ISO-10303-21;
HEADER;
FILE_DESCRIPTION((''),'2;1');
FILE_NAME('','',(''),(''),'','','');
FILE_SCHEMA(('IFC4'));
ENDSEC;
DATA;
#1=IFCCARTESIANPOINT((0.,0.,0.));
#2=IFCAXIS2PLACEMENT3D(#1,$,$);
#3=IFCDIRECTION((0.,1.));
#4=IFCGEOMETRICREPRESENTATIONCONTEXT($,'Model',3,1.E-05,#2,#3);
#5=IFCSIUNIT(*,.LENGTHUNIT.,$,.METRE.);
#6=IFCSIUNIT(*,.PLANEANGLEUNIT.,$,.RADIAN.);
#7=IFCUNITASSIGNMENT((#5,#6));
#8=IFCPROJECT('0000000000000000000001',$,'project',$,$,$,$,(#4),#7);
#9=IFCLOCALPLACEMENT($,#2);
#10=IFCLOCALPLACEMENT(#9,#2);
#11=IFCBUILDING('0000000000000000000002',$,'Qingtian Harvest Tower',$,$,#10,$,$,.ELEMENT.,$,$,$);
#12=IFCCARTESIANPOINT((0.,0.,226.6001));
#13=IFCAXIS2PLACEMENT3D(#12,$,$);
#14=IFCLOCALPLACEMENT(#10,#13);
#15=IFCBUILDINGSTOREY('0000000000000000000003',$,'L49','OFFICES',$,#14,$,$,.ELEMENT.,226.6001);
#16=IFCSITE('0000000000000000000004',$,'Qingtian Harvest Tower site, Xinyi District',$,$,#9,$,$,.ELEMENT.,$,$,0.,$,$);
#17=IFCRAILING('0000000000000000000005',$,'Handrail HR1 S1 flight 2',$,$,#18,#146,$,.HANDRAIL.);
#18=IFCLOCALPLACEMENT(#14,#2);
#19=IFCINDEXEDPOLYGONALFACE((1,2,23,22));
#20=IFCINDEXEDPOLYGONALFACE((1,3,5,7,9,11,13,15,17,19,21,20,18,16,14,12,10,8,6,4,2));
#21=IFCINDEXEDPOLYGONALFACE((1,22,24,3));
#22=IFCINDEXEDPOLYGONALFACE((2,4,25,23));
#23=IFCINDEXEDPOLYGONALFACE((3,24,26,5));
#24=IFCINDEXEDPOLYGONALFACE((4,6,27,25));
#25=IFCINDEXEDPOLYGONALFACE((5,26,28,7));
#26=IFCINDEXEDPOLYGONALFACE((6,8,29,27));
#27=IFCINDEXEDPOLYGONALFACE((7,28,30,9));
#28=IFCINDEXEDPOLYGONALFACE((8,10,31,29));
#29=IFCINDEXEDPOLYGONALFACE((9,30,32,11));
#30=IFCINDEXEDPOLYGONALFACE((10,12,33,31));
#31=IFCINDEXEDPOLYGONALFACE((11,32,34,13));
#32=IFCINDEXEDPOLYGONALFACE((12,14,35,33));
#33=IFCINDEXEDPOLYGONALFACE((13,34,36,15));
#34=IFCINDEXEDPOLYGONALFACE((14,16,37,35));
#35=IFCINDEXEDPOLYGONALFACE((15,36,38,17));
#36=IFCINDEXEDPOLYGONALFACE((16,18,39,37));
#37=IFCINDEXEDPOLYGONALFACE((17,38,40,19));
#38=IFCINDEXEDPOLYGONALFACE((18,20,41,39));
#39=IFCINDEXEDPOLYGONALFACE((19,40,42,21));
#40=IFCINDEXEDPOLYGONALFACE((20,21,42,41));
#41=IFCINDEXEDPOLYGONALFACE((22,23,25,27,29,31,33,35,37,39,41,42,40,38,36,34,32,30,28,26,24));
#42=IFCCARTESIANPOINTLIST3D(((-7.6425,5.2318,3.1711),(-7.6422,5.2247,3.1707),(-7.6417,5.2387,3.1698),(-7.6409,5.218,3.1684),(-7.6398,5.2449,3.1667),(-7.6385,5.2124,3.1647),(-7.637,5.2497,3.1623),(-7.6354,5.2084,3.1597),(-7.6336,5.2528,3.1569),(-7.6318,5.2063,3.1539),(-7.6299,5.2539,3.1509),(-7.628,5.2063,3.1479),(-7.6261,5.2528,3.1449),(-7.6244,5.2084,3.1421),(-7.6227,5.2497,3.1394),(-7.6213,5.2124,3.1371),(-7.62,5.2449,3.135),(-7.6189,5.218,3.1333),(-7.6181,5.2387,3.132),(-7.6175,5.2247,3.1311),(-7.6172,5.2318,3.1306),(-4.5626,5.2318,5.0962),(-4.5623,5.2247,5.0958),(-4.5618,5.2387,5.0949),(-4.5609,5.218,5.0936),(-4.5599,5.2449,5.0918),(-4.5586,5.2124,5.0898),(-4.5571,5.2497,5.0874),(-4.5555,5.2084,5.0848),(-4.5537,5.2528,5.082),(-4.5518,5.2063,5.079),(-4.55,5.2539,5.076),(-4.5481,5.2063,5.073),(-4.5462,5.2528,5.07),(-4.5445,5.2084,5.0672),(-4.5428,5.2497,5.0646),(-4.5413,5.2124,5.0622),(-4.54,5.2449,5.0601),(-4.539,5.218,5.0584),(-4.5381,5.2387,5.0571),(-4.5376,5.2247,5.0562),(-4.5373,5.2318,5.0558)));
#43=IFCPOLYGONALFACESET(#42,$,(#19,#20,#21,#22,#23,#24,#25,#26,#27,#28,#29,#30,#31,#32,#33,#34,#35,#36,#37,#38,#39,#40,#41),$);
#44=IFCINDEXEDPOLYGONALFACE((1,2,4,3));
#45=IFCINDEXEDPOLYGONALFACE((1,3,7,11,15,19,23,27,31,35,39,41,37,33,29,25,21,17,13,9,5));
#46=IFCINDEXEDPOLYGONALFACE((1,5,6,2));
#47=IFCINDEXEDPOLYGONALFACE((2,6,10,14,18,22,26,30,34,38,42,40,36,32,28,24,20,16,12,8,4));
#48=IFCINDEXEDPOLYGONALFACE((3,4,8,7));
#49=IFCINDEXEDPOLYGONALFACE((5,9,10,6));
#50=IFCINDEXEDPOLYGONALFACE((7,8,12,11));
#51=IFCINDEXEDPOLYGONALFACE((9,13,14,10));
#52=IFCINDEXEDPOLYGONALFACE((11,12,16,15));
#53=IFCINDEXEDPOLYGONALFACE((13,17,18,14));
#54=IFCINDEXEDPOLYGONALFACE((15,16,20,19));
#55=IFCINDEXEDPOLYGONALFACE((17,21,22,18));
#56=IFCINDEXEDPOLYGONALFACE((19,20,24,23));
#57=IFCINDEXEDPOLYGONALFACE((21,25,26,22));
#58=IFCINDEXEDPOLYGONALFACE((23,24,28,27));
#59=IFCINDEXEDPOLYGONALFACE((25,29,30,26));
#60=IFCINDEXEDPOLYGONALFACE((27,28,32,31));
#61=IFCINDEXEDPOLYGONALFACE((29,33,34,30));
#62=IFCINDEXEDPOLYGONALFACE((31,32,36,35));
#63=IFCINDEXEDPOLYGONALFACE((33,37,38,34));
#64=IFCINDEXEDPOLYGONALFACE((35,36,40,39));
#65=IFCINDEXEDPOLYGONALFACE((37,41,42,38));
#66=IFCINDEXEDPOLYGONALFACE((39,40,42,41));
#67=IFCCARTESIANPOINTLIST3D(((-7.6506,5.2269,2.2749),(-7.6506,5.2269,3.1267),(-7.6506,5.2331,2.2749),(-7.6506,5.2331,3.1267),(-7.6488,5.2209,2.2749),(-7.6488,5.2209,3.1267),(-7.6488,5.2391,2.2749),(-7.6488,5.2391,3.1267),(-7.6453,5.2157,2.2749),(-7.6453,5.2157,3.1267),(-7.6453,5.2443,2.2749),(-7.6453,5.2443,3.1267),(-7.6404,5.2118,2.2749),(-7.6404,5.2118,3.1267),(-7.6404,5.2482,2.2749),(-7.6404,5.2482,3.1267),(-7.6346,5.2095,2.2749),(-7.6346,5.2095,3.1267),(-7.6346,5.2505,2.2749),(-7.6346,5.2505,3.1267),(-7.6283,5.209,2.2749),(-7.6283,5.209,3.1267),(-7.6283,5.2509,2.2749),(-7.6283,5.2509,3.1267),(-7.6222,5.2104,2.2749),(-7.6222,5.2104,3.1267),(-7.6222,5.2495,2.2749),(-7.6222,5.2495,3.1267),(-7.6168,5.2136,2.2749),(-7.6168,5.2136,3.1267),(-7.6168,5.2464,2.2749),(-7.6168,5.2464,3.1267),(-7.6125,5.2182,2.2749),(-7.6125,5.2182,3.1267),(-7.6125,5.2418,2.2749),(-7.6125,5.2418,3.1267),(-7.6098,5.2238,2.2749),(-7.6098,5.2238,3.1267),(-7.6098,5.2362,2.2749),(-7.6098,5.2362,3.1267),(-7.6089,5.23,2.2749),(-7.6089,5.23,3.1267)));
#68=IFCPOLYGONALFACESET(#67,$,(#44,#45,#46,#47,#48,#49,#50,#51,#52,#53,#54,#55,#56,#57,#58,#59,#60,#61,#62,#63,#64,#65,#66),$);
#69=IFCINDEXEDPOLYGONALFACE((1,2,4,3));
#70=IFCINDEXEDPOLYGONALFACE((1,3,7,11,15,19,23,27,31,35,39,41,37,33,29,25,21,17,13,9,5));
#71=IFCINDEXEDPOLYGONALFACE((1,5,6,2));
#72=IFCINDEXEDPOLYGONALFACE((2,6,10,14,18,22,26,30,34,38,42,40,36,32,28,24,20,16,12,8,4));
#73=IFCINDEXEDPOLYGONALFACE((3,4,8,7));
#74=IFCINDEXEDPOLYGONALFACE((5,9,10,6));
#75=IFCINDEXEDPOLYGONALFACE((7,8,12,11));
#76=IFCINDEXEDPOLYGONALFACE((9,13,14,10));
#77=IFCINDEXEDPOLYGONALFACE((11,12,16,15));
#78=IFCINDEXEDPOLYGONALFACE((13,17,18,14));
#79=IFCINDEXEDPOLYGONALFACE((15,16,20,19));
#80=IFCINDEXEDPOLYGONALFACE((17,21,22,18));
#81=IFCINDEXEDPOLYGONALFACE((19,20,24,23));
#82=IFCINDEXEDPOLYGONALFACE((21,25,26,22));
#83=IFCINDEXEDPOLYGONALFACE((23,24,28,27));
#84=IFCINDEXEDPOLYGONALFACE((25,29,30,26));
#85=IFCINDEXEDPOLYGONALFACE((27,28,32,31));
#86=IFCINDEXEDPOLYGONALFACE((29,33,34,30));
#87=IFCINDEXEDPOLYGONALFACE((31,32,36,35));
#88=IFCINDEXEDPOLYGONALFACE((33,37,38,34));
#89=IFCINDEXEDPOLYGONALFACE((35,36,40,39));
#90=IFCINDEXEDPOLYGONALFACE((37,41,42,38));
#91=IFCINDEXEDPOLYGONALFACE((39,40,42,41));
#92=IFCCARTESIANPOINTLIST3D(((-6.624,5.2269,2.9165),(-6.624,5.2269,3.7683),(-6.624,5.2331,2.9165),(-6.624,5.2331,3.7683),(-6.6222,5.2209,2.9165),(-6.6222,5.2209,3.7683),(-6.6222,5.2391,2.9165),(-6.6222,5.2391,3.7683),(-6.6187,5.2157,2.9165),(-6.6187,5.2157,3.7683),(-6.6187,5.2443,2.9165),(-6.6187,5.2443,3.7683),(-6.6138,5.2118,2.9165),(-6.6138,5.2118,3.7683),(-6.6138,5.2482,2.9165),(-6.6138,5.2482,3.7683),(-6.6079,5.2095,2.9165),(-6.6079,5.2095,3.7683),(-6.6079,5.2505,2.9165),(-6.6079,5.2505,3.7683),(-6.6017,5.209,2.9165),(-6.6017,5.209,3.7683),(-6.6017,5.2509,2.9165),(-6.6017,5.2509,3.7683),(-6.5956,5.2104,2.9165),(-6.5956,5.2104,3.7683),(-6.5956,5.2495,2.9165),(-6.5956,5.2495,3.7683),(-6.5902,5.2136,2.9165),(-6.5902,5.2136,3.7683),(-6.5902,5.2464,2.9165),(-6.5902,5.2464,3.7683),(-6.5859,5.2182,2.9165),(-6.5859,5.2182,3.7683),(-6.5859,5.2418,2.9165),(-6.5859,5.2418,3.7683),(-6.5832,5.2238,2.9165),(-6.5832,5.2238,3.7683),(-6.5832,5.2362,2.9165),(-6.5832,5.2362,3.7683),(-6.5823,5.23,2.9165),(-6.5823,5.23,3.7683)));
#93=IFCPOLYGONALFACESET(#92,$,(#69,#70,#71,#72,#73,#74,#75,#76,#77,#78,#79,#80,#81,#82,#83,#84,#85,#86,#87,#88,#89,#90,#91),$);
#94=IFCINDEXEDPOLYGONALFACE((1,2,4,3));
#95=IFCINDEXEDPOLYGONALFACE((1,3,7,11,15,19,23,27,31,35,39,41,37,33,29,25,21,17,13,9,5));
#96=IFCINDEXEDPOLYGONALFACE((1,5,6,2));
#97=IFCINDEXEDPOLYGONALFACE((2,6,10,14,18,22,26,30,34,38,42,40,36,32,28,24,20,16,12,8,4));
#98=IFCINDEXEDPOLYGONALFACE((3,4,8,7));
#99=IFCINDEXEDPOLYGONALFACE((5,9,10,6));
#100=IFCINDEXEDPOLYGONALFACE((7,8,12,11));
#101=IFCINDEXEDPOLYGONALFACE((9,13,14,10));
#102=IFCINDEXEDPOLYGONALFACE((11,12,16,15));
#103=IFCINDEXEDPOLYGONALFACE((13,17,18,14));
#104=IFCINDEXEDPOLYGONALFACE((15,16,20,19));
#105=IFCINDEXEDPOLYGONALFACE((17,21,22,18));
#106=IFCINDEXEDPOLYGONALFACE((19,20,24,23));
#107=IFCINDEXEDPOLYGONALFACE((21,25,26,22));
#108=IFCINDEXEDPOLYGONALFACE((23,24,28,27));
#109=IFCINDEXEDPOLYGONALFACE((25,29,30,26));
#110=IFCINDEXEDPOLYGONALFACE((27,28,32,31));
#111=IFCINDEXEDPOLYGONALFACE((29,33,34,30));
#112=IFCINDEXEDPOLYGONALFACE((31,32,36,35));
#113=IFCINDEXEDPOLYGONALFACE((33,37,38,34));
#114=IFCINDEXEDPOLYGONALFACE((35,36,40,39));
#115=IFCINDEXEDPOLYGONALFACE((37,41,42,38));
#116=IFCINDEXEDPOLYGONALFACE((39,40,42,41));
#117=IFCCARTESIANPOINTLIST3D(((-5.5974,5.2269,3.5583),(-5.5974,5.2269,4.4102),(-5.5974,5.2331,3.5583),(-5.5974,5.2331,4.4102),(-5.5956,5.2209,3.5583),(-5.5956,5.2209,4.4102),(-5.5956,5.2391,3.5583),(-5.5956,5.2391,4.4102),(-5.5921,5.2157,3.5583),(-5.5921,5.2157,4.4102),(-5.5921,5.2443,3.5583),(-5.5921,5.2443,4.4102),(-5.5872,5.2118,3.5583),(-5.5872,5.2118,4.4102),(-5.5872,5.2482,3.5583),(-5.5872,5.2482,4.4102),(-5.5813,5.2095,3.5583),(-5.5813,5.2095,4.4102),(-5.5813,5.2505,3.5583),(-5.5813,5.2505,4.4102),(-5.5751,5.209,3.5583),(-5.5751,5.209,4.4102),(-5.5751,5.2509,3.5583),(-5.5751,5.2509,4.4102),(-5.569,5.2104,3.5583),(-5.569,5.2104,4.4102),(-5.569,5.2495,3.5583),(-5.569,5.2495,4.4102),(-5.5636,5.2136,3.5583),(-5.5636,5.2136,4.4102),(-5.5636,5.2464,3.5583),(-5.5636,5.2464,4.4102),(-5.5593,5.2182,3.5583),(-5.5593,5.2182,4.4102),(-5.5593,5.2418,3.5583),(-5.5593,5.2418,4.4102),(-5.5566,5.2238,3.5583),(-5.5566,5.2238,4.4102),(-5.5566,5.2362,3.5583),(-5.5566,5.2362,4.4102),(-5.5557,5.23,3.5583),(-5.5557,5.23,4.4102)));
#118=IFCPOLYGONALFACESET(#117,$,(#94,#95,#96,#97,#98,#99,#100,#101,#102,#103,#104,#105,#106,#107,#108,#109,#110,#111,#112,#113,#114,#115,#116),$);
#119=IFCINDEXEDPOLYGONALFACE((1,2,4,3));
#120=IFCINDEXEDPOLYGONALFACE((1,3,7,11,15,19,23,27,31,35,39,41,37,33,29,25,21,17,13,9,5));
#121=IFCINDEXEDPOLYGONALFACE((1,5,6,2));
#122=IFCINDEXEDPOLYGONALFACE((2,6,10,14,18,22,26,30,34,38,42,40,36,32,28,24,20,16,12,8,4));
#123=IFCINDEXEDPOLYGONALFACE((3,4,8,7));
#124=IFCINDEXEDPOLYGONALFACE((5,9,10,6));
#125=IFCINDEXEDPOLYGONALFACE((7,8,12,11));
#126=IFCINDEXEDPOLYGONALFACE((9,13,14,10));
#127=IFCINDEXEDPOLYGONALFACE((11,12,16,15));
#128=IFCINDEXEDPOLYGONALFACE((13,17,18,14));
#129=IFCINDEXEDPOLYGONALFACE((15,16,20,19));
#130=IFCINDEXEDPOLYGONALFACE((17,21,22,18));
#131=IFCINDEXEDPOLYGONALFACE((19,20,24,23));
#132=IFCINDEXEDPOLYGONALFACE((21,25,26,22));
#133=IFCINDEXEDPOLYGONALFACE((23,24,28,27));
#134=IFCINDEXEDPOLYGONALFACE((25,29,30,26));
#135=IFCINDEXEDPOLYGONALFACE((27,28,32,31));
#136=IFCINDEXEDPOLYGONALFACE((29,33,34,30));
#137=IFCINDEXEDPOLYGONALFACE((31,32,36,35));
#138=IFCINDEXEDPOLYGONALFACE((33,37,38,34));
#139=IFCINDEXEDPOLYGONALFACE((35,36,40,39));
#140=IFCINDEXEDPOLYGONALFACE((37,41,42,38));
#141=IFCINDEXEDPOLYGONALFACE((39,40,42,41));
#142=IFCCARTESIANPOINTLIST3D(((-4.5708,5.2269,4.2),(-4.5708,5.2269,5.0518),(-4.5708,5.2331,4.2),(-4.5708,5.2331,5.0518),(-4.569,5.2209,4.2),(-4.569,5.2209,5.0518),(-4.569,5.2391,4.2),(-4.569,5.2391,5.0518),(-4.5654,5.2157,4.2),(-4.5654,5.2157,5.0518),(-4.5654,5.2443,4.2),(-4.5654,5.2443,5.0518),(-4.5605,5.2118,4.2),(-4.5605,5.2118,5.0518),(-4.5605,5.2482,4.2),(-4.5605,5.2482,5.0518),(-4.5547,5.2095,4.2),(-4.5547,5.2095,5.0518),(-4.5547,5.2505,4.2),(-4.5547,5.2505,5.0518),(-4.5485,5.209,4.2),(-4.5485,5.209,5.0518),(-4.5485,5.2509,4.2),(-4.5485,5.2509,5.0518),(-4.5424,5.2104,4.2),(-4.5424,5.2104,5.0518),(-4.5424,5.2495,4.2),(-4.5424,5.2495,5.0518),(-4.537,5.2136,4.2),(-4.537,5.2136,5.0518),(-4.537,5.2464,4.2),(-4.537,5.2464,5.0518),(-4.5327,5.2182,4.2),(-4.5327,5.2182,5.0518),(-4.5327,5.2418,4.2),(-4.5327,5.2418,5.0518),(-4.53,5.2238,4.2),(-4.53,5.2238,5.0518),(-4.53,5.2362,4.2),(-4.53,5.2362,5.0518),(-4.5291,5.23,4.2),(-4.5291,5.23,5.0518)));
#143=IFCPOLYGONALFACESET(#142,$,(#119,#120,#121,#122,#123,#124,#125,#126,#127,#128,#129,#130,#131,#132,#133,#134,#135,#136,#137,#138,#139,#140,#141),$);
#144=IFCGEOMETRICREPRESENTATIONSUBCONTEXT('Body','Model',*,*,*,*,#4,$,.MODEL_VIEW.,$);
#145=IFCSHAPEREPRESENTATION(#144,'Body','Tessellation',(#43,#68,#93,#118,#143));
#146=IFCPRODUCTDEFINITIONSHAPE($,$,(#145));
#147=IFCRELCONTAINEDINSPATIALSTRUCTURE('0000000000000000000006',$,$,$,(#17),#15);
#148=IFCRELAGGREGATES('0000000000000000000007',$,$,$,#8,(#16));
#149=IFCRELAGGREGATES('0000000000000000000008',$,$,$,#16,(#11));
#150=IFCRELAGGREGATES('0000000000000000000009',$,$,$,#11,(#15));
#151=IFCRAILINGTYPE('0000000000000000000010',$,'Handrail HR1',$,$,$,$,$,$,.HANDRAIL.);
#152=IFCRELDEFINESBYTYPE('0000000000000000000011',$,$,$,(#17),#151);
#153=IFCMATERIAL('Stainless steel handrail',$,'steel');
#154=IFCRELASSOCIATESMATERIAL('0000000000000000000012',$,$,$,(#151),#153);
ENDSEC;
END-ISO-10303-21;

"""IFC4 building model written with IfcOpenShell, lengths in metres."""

from ifc_helpers import new_model, si_unit, direction, frame, origin, origin_2d, place, context, subcontext, project, spatial, circle, extrude, material, type_object, element, save


model = new_model("IFC4")

# Units and contexts
model_context = context("Model", 3, precision=1e-05, world=origin(), true_north=direction((0.0, 1.0)))
body_context = subcontext(model_context, "Body", "Model", "MODEL_VIEW")
ifc_project = project(units=[si_unit("LENGTHUNIT", "METRE"), si_unit("PLANEANGLEUNIT", "RADIAN")], contexts=[model_context])

# Site, building, storey
site_placement = place(None, origin())
site = spatial("IfcSite", under=ifc_project, at=site_placement, Name="Qingtian Harvest Tower site, Xinyi District", CompositionType="ELEMENT", RefElevation=0.0)
building_placement = place(site_placement, origin())
building = spatial("IfcBuilding", under=site, at=building_placement, Name="Qingtian Harvest Tower", CompositionType="ELEMENT")
storey_placement = place(building_placement, frame((0.0, 0.0, 226.6001)))
storey = spatial("IfcBuildingStorey", under=building, at=storey_placement, Name="L49", Description="OFFICES", CompositionType="ELEMENT", Elevation=226.6001)

# Railing
ifc_material_1 = material(Name="Stainless steel handrail", Category="steel")
railing_type = type_object("IfcRailingType", Name="Handrail HR1", PredefinedType="HANDRAIL", material=ifc_material_1)
railing_1_placement = place(storey_placement, frame((-7.6299, 5.23, 2.2749)))
element("IfcRailing", 1, at=railing_1_placement, inside=storey, type_object=railing_type, Name="Handrail HR1 S1 flight 2", PredefinedType="HANDRAIL", context=body_context, shape_type="SweptSolid", body=[
    extrude(circle(Radius=0.0239, at=origin_2d()), frame((0.0, 0.0, 0.876), z_axis=(0.847979, 0.0, 0.530029), x_axis=(0.0, 1.0, 0.0)), (0.0, 0.0, 1.0), 3.6321),
    extrude(circle(Radius=0.021, at=origin_2d()), origin(), (0.0, 0.0, 1.0), 0.8518),
    extrude(circle(Radius=0.021, at=origin_2d()), frame((1.0266, 0.0, 0.6416)), (0.0, 0.0, 1.0), 0.8518),
    extrude(circle(Radius=0.021, at=origin_2d()), frame((2.0532, 0.0, 1.2834)), (0.0, 0.0, 1.0), 0.8518),
    extrude(circle(Radius=0.021, at=origin_2d()), frame((3.0798, 0.0, 1.925)), (0.0, 0.0, 1.0), 0.8518),
])

save(model, "model.ifc")
